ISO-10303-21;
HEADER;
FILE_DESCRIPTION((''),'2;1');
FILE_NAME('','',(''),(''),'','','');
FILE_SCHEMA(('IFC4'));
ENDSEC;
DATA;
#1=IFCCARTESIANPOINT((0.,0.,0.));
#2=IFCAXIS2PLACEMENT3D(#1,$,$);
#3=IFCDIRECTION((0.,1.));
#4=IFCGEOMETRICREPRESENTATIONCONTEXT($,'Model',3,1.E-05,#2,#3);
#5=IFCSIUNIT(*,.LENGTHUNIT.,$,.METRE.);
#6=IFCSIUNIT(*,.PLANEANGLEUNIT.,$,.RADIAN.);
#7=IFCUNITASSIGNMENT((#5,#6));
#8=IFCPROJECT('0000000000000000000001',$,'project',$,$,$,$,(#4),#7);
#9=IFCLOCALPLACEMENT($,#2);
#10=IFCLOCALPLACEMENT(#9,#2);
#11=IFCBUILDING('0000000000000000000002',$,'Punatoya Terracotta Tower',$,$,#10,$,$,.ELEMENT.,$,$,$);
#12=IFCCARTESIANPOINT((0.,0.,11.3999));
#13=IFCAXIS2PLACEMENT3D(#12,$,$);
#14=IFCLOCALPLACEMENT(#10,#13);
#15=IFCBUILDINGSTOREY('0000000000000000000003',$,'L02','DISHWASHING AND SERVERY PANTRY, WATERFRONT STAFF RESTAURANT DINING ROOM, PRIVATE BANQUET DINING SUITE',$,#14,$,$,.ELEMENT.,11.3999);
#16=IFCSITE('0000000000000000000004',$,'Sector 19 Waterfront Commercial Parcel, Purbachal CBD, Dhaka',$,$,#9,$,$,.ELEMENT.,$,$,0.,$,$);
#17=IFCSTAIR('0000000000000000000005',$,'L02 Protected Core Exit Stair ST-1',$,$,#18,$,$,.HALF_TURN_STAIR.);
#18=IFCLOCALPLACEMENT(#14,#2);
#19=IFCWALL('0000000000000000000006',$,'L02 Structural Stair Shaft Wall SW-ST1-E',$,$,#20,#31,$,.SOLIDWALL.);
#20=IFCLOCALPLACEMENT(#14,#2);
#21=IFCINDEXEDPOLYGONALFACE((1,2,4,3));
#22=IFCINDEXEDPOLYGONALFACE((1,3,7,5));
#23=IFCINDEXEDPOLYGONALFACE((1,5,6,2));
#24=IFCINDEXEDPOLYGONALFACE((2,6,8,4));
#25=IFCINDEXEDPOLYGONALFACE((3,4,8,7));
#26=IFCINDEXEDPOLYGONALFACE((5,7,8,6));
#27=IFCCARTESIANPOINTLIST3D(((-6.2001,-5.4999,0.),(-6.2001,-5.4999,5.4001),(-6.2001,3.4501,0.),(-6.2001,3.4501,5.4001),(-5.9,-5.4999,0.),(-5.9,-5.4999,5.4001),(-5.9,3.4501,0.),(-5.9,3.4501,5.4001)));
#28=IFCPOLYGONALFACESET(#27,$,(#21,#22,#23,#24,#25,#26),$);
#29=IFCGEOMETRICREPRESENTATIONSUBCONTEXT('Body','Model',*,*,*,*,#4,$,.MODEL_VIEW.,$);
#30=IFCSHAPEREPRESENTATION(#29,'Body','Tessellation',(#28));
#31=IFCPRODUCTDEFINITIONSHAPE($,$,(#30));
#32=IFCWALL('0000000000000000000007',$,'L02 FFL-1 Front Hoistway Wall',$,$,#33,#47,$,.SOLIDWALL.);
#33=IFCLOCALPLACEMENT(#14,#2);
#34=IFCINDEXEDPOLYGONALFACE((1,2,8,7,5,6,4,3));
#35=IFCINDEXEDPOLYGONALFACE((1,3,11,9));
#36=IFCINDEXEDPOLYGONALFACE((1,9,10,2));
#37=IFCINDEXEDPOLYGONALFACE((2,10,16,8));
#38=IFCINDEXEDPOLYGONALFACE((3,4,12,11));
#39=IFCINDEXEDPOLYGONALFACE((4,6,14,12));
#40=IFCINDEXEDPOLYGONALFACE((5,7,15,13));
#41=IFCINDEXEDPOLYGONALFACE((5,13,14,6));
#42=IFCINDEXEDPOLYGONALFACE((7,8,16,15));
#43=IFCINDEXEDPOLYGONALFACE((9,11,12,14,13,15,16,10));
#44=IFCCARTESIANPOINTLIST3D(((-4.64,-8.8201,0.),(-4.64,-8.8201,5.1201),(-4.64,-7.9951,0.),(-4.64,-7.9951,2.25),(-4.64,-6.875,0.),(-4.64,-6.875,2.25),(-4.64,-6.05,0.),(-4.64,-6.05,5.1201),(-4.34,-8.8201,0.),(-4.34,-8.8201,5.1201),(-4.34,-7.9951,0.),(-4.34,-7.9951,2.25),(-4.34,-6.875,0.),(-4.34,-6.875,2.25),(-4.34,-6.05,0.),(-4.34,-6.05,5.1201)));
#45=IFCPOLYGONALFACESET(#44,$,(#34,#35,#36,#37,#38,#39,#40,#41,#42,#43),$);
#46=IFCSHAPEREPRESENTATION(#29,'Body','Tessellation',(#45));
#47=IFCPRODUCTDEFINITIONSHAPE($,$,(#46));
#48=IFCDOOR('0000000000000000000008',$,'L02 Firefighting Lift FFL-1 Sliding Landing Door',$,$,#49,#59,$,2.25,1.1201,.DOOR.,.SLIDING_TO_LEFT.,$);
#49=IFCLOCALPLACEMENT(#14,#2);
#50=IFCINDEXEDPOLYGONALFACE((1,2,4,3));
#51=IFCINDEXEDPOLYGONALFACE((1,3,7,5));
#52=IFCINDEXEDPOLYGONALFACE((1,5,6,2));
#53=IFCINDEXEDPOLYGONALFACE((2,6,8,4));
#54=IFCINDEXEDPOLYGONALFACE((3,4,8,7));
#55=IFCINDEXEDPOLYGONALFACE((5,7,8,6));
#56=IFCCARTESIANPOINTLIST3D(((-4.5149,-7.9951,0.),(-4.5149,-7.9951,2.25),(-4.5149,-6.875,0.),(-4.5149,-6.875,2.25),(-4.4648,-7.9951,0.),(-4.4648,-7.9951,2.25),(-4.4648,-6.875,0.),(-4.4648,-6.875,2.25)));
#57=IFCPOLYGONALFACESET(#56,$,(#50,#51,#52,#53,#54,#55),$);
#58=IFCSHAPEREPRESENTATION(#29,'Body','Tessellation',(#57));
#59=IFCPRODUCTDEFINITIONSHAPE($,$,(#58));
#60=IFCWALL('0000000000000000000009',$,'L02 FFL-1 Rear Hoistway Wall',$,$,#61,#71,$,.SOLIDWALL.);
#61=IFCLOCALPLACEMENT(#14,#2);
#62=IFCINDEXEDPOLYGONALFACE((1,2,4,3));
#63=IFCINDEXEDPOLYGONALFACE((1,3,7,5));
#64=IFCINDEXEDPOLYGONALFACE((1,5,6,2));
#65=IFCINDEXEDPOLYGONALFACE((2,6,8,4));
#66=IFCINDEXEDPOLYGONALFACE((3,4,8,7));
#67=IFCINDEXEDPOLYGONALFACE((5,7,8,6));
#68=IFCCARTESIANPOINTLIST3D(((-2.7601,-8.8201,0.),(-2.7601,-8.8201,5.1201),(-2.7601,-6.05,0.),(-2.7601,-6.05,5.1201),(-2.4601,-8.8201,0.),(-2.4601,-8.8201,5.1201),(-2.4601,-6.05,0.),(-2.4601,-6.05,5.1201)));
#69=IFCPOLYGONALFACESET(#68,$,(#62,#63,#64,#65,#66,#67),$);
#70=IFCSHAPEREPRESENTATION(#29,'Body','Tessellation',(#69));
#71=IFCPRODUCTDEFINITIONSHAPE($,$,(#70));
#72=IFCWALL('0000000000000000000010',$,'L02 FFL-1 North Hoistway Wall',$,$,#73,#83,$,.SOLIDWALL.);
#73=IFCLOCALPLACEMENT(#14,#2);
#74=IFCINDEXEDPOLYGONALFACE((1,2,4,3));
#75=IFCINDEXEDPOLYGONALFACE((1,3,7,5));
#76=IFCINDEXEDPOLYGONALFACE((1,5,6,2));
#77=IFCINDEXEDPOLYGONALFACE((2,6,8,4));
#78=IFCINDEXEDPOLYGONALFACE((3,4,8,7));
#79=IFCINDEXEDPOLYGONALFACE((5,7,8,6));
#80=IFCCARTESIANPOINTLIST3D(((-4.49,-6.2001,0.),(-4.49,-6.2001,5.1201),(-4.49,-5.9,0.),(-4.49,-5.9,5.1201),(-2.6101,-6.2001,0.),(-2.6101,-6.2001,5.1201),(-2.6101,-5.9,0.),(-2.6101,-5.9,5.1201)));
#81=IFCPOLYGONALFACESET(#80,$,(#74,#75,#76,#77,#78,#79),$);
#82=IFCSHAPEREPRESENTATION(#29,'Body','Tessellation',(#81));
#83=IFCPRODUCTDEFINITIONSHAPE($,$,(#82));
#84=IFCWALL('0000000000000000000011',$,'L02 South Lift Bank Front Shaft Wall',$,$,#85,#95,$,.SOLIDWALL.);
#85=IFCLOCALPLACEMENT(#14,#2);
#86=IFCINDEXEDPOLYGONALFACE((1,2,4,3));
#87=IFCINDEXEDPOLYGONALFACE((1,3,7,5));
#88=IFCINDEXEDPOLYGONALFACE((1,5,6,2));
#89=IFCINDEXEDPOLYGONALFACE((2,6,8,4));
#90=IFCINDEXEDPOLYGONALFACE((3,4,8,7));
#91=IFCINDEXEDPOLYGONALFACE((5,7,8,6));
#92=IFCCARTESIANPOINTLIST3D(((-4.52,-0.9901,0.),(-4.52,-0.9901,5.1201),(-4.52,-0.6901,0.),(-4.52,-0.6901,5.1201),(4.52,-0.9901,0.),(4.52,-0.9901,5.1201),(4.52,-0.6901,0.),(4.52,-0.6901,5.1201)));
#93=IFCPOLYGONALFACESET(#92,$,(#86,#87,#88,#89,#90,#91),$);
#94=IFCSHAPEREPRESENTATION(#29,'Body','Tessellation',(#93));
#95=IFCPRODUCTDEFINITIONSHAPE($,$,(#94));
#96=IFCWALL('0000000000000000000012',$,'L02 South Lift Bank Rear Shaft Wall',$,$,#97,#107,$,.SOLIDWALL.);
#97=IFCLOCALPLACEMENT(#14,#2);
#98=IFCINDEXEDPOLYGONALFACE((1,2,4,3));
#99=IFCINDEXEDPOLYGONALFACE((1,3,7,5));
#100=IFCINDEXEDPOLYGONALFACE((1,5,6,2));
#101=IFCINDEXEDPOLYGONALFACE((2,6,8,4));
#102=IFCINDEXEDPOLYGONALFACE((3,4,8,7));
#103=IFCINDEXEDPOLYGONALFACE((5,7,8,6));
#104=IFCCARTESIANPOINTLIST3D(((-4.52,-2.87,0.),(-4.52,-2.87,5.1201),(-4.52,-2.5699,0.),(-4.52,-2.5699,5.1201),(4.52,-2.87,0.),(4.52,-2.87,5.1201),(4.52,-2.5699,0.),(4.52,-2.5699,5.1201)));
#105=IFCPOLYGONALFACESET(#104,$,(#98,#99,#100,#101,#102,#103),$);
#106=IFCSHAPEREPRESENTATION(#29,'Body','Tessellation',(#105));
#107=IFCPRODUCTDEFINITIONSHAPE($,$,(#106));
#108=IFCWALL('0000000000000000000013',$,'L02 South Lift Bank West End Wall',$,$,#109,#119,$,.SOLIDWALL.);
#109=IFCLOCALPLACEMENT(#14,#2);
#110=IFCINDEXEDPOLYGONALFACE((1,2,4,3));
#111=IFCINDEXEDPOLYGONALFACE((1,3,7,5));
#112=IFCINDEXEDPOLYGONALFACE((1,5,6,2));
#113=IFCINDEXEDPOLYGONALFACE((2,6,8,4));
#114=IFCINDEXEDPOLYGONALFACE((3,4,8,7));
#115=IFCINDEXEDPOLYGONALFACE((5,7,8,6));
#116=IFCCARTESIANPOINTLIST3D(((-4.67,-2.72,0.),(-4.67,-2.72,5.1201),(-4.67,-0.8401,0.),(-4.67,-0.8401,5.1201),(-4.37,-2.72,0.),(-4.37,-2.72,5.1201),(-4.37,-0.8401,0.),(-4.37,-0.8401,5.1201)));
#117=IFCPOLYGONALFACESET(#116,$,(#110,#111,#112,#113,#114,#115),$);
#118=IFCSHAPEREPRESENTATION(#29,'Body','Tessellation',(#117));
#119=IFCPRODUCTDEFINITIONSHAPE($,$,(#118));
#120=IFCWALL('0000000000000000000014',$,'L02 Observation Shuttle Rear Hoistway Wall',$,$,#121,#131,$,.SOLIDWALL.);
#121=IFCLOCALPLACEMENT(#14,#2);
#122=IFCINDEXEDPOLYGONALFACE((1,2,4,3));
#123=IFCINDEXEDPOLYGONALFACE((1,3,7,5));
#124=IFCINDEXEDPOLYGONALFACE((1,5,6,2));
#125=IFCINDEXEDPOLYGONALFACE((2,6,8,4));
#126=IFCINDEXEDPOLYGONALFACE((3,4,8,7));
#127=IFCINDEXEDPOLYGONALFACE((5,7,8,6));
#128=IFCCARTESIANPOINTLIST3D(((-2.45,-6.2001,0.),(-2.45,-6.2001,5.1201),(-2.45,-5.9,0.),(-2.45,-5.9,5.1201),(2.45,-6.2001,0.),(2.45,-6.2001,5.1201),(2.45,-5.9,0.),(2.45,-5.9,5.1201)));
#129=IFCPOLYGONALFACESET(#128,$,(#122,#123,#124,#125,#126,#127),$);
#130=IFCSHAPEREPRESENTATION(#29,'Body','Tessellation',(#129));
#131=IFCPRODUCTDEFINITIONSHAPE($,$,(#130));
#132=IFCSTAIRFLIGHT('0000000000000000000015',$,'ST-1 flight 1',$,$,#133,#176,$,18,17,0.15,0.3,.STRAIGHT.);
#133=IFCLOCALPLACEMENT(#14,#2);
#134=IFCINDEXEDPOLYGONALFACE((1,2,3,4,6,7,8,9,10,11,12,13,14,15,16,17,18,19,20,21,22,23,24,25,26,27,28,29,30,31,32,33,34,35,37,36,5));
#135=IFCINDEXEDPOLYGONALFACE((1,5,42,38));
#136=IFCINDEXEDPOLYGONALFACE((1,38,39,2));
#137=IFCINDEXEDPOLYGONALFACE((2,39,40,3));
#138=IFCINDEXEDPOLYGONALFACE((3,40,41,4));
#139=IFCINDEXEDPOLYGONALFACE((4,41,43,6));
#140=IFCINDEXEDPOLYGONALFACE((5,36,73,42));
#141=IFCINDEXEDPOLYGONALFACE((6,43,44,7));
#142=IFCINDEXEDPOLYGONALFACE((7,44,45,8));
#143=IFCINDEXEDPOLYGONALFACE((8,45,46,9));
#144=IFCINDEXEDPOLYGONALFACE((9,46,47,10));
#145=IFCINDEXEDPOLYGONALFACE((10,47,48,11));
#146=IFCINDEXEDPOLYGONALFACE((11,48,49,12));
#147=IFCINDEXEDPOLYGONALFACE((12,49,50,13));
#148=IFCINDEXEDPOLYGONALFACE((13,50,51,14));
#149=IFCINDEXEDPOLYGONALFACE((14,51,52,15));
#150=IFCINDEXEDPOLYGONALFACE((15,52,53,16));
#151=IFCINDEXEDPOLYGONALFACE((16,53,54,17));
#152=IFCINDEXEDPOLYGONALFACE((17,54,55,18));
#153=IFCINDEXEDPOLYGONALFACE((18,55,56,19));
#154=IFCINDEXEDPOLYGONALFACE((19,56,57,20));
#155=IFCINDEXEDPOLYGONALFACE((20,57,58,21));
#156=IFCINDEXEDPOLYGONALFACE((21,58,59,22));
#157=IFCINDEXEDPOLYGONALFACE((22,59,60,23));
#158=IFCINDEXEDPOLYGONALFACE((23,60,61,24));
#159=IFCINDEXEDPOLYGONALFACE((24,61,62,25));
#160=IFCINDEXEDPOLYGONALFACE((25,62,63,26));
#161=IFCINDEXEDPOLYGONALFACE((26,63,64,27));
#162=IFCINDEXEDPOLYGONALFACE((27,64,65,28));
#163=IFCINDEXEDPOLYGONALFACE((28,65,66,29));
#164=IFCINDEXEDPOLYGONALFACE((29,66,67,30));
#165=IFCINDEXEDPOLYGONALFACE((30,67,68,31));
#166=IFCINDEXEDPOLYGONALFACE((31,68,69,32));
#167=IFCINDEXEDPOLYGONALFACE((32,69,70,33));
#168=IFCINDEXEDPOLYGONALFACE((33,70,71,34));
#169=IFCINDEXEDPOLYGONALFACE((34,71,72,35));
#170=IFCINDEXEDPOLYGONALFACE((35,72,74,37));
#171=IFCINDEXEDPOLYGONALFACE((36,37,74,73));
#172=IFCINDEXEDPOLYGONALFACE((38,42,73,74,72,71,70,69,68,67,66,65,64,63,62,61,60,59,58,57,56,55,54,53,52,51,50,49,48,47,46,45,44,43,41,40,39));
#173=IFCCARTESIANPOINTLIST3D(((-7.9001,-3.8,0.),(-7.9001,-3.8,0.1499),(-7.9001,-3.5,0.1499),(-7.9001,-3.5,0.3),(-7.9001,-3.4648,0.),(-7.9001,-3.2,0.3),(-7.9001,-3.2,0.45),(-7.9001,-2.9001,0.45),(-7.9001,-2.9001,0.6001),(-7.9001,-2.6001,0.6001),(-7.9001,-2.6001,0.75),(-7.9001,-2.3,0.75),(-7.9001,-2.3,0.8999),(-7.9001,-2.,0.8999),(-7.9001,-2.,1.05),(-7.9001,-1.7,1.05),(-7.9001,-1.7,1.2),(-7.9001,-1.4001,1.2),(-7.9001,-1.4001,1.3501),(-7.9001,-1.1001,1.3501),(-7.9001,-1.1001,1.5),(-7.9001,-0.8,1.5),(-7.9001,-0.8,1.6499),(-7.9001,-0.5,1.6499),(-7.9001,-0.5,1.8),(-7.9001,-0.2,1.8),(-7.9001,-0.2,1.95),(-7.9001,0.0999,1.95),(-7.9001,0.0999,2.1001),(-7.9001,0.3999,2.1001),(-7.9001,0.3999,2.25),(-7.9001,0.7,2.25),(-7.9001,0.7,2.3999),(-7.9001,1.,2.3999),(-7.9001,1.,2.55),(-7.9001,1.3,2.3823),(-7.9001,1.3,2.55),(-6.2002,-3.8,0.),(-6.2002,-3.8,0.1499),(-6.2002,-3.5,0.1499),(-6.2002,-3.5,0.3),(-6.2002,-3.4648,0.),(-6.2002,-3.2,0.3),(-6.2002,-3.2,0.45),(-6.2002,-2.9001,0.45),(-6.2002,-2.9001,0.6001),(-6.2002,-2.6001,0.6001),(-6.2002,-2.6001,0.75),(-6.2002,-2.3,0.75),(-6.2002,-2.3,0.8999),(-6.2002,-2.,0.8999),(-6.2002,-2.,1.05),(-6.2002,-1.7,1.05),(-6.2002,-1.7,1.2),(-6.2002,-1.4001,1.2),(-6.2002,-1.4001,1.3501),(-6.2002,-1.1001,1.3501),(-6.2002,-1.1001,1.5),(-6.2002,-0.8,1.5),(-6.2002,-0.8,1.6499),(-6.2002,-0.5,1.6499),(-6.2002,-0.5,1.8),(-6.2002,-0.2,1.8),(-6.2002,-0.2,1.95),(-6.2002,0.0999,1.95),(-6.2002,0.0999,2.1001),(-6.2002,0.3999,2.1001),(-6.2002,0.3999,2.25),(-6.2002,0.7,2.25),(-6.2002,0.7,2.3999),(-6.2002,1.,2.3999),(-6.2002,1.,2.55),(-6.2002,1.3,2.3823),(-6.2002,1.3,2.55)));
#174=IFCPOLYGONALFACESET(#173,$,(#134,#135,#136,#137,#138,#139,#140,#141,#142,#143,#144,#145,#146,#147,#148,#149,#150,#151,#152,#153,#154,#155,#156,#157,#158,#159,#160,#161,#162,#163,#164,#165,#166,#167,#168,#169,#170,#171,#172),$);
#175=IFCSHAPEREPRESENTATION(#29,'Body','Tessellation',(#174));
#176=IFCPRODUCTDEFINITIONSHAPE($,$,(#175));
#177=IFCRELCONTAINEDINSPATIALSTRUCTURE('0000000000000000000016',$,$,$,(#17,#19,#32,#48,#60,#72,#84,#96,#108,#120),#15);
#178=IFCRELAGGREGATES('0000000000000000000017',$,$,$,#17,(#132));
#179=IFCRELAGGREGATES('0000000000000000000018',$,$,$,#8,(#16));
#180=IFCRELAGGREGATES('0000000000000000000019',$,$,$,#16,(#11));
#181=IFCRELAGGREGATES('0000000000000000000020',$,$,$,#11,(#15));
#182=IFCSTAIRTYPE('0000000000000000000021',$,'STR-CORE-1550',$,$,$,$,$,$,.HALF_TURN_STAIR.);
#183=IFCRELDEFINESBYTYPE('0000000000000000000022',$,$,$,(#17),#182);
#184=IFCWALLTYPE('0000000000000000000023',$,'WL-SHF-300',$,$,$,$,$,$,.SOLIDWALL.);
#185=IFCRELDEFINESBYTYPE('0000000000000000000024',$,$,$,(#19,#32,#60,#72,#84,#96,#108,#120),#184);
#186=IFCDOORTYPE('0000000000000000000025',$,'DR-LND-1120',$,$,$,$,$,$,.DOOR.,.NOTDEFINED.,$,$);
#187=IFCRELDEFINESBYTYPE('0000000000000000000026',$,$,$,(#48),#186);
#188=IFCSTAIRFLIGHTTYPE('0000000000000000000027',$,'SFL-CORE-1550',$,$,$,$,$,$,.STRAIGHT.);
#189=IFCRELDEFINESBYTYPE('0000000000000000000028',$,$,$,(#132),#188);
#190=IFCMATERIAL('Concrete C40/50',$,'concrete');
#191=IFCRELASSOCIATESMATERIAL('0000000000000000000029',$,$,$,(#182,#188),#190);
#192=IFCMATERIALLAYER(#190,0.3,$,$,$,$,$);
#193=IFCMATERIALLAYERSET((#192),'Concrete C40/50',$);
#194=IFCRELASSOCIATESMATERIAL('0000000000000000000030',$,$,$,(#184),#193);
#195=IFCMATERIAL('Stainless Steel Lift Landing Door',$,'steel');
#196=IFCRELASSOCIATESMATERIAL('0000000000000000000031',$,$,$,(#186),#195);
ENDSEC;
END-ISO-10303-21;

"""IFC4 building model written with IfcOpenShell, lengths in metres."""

from ifc_helpers import new_model, si_unit, direction, frame, frame_2d, origin, place, context, subcontext, project, spatial, polyline, rectangle, outline, extrude, material, layer, layer_set, type_object, element, fill, aggregate, save


model = new_model("IFC4")

# Units and contexts
model_context = context("Model", 3, precision=1e-05, world=origin(), true_north=direction((0.0, 1.0)))
body_context = subcontext(model_context, "Body", "Model", "MODEL_VIEW")
ifc_project = project(units=[si_unit("LENGTHUNIT", "METRE"), si_unit("PLANEANGLEUNIT", "RADIAN")], contexts=[model_context])

# Site, building, storey
site_placement = place(None, origin())
site = spatial("IfcSite", under=ifc_project, at=site_placement, Name="Sector 19 Waterfront Commercial Parcel, Purbachal CBD, Dhaka", CompositionType="ELEMENT", RefElevation=0.0)
building_placement = place(site_placement, origin())
building = spatial("IfcBuilding", under=site, at=building_placement, Name="Punatoya Terracotta Tower", CompositionType="ELEMENT")
storey_placement = place(building_placement, frame((0.0, 0.0, 11.3999)))
storey = spatial("IfcBuildingStorey", under=building, at=storey_placement, Name="L02", Description="DISHWASHING AND SERVERY PANTRY, WATERFRONT STAFF RESTAURANT DINING ROOM, PRIVATE BANQUET DINING SUITE", CompositionType="ELEMENT", Elevation=11.3999)

# Stair
ifc_material_1 = material(Name="Concrete C40/50", Category="concrete")
stair_type = type_object("IfcStairType", Name="STR-CORE-1550", PredefinedType="HALF_TURN_STAIR", material=ifc_material_1)
stair_placement = place(storey_placement, origin())
stair = element("IfcStair", 1, at=stair_placement, inside=storey, type_object=stair_type, Name="L02 Protected Core Exit Stair ST-1", PredefinedType="HALF_TURN_STAIR")

# Wall
ifc_layer_1 = layer(ifc_material_1, 0.3)
ifc_layer_set_1 = layer_set([ifc_layer_1], Name="Concrete C40/50")
wall_type_1 = type_object("IfcWallType", Name="WL-SHF-300", PredefinedType="SOLIDWALL", material=ifc_layer_set_1)
wall_1_placement = place(storey_placement, frame((-6.05, -5.5, 0.0), z_axis=(0.0, 0.0, 1.0), x_axis=(0.0, 1.0, 0.0)))
element("IfcWall", 2, at=wall_1_placement, inside=storey, type_object=wall_type_1, Name="L02 Structural Stair Shaft Wall SW-ST1-E", PredefinedType="SOLIDWALL", context=body_context, shape_type="SweptSolid", body=[
    extrude(rectangle(XDim=8.95, YDim=0.3, at=frame_2d((4.4751, 0.0))), origin(), (0.0, 0.0, 1.0), 5.4001),
])

# Wall, opening, door
wall_2_placement = place(storey_placement, frame((-4.49, -8.8201, 0.0), z_axis=(0.0, 0.0, 1.0), x_axis=(0.0, 1.0, 0.0)))
wall_2 = element("IfcWall", 3, at=wall_2_placement, inside=storey, type_object=wall_type_1, Name="L02 FFL-1 Front Hoistway Wall", PredefinedType="SOLIDWALL", context=body_context, shape_type="SweptSolid", body=[
    extrude(rectangle(XDim=2.77, YDim=0.3, at=frame_2d((1.385, 0.0))), origin(), (0.0, 0.0, 1.0), 5.1201),
])
opening_1_placement = place(wall_2_placement, frame((0.825, 0.0, 0.0)))
opening_1 = element("IfcOpeningElement", 4, at=opening_1_placement, cuts=wall_2, PredefinedType="OPENING", context=body_context, shape_type="SweptSolid", body=[
    extrude(rectangle(XDim=1.1201, YDim=2.25, at=frame_2d((0.5601, 1.125))), frame((0.0, 0.1599, 0.0), z_axis=(0.0, -1.0, 0.0), x_axis=(1.0, 0.0, 0.0)), (0.0, 0.0, 1.0), 0.3201),
])
ifc_material_2 = material(Name="Stainless Steel Lift Landing Door", Category="steel")
door_type_1 = type_object("IfcDoorType", Name="DR-LND-1120", OperationType="NOTDEFINED", PredefinedType="DOOR", material=ifc_material_2)
door_1_placement = place(opening_1_placement, origin())
door_1 = element("IfcDoor", 5, at=door_1_placement, inside=storey, type_object=door_type_1, Name="L02 Firefighting Lift FFL-1 Sliding Landing Door", OperationType="SLIDING_TO_LEFT", OverallHeight=2.25, OverallWidth=1.1201, PredefinedType="DOOR", context=body_context, shape_type="SweptSolid", body=[
    extrude(rectangle(XDim=1.1201, YDim=2.25, at=frame_2d((0.5601, 1.125))), frame((0.0, 0.0249, 0.0), z_axis=(0.0, -1.0, 0.0), x_axis=(1.0, 0.0, 0.0)), (0.0, 0.0, 1.0), 0.05),
])
fill(opening_1, door_1)

# Walls
wall_3_placement = place(storey_placement, frame((-2.6101, -8.8201, 0.0), z_axis=(0.0, 0.0, 1.0), x_axis=(0.0, 1.0, 0.0)))
element("IfcWall", 6, at=wall_3_placement, inside=storey, type_object=wall_type_1, Name="L02 FFL-1 Rear Hoistway Wall", PredefinedType="SOLIDWALL", context=body_context, shape_type="SweptSolid", body=[
    extrude(rectangle(XDim=2.77, YDim=0.3, at=frame_2d((1.385, 0.0))), origin(), (0.0, 0.0, 1.0), 5.1201),
])
wall_4_placement = place(storey_placement, frame((-4.49, -6.05, 0.0), z_axis=(0.0, 0.0, 1.0), x_axis=(1.0, 0.0, 0.0)))
element("IfcWall", 7, at=wall_4_placement, inside=storey, type_object=wall_type_1, Name="L02 FFL-1 North Hoistway Wall", PredefinedType="SOLIDWALL", context=body_context, shape_type="SweptSolid", body=[
    extrude(rectangle(XDim=1.8799, YDim=0.3, at=frame_2d((0.9399, 0.0))), origin(), (0.0, 0.0, 1.0), 5.1201),
])
for number, where, z_axis, x_axis, name in (
    (8, (-4.52, -0.8401, 0.0), (0.0, 0.0, 1.0), (1.0, 0.0, 0.0), "L02 South Lift Bank Front Shaft Wall"),
    (9, (-4.52, -2.72, 0.0), (0.0, 0.0, 1.0), (1.0, 0.0, 0.0), "L02 South Lift Bank Rear Shaft Wall"),
):
    element("IfcWall", number, at=place(storey_placement, frame(where, z_axis=z_axis, x_axis=x_axis)), inside=storey, type_object=wall_type_1, Name=name, PredefinedType="SOLIDWALL", context=body_context, shape_type="SweptSolid", body=[
        extrude(rectangle(XDim=9.04, YDim=0.3, at=frame_2d((4.52, 0.0))), origin(), (0.0, 0.0, 1.0), 5.1201),
    ])
wall_5_placement = place(storey_placement, frame((-4.52, -2.72, 0.0), z_axis=(0.0, 0.0, 1.0), x_axis=(0.0, 1.0, 0.0)))
element("IfcWall", 10, at=wall_5_placement, inside=storey, type_object=wall_type_1, Name="L02 South Lift Bank West End Wall", PredefinedType="SOLIDWALL", context=body_context, shape_type="SweptSolid", body=[
    extrude(rectangle(XDim=1.8799, YDim=0.3, at=frame_2d((0.9399, 0.0))), origin(), (0.0, 0.0, 1.0), 5.1201),
])
wall_6_placement = place(storey_placement, frame((-2.45, -6.05, 0.0), z_axis=(0.0, 0.0, 1.0), x_axis=(1.0, 0.0, 0.0)))
element("IfcWall", 11, at=wall_6_placement, inside=storey, type_object=wall_type_1, Name="L02 Observation Shuttle Rear Hoistway Wall", PredefinedType="SOLIDWALL", context=body_context, shape_type="SweptSolid", body=[
    extrude(rectangle(XDim=4.8999, YDim=0.3, at=frame_2d((2.45, 0.0))), origin(), (0.0, 0.0, 1.0), 5.1201),
])

# Stair flight
stair_flight_type = type_object("IfcStairFlightType", Name="SFL-CORE-1550", PredefinedType="STRAIGHT", material=ifc_material_1)
stair_flight_placement = place(storey_placement, frame((-7.05, -3.8, 0.0), z_axis=(0.0, 0.0, 1.0), x_axis=(0.0, 1.0, 0.0)))
stair_flight = element("IfcStairFlight", 12, at=stair_flight_placement, type_object=stair_flight_type, Name="ST-1 flight 1", NumberOfRisers=18, NumberOfTreads=17, PredefinedType="STRAIGHT", RiserHeight=0.15, TreadLength=0.3, context=body_context, shape_type="SweptSolid", body=[
    extrude(outline(polyline([(0.0, 0.0), (0.0, 0.1499), (0.3, 0.1499), (0.3, 0.3), (0.6001, 0.3), (0.6001, 0.45), (0.8999, 0.45), (0.8999, 0.6001), (1.2, 0.6001), (1.2, 0.75), (1.5, 0.75), (1.5, 0.8999), (1.8, 0.8999), (1.8, 1.05), (2.1001, 1.05), (2.1001, 1.2), (2.3999, 1.2), (2.3999, 1.3501), (2.7, 1.3501), (2.7, 1.5), (3.0, 1.5), (3.0, 1.6499), (3.3, 1.6499), (3.3, 1.8), (3.6001, 1.8), (3.6001, 1.95), (3.8999, 1.95), (3.8999, 2.1001), (4.2, 2.1001), (4.2, 2.25), (4.5, 2.25), (4.5, 2.3999), (4.8, 2.3999), (4.8, 2.55), (5.1001, 2.55), (5.1001, 2.7), (5.1001, 2.3823), (0.3352, 0.0), (0.0, 0.0)])), frame((0.0, 0.8501, 0.0), z_axis=(0.0, -1.0, 0.0), x_axis=(1.0, 0.0, 0.0)), (0.0, 0.0, 1.0), 1.7),
])
aggregate(stair, [stair_flight])

save(model, "model.ifc")
